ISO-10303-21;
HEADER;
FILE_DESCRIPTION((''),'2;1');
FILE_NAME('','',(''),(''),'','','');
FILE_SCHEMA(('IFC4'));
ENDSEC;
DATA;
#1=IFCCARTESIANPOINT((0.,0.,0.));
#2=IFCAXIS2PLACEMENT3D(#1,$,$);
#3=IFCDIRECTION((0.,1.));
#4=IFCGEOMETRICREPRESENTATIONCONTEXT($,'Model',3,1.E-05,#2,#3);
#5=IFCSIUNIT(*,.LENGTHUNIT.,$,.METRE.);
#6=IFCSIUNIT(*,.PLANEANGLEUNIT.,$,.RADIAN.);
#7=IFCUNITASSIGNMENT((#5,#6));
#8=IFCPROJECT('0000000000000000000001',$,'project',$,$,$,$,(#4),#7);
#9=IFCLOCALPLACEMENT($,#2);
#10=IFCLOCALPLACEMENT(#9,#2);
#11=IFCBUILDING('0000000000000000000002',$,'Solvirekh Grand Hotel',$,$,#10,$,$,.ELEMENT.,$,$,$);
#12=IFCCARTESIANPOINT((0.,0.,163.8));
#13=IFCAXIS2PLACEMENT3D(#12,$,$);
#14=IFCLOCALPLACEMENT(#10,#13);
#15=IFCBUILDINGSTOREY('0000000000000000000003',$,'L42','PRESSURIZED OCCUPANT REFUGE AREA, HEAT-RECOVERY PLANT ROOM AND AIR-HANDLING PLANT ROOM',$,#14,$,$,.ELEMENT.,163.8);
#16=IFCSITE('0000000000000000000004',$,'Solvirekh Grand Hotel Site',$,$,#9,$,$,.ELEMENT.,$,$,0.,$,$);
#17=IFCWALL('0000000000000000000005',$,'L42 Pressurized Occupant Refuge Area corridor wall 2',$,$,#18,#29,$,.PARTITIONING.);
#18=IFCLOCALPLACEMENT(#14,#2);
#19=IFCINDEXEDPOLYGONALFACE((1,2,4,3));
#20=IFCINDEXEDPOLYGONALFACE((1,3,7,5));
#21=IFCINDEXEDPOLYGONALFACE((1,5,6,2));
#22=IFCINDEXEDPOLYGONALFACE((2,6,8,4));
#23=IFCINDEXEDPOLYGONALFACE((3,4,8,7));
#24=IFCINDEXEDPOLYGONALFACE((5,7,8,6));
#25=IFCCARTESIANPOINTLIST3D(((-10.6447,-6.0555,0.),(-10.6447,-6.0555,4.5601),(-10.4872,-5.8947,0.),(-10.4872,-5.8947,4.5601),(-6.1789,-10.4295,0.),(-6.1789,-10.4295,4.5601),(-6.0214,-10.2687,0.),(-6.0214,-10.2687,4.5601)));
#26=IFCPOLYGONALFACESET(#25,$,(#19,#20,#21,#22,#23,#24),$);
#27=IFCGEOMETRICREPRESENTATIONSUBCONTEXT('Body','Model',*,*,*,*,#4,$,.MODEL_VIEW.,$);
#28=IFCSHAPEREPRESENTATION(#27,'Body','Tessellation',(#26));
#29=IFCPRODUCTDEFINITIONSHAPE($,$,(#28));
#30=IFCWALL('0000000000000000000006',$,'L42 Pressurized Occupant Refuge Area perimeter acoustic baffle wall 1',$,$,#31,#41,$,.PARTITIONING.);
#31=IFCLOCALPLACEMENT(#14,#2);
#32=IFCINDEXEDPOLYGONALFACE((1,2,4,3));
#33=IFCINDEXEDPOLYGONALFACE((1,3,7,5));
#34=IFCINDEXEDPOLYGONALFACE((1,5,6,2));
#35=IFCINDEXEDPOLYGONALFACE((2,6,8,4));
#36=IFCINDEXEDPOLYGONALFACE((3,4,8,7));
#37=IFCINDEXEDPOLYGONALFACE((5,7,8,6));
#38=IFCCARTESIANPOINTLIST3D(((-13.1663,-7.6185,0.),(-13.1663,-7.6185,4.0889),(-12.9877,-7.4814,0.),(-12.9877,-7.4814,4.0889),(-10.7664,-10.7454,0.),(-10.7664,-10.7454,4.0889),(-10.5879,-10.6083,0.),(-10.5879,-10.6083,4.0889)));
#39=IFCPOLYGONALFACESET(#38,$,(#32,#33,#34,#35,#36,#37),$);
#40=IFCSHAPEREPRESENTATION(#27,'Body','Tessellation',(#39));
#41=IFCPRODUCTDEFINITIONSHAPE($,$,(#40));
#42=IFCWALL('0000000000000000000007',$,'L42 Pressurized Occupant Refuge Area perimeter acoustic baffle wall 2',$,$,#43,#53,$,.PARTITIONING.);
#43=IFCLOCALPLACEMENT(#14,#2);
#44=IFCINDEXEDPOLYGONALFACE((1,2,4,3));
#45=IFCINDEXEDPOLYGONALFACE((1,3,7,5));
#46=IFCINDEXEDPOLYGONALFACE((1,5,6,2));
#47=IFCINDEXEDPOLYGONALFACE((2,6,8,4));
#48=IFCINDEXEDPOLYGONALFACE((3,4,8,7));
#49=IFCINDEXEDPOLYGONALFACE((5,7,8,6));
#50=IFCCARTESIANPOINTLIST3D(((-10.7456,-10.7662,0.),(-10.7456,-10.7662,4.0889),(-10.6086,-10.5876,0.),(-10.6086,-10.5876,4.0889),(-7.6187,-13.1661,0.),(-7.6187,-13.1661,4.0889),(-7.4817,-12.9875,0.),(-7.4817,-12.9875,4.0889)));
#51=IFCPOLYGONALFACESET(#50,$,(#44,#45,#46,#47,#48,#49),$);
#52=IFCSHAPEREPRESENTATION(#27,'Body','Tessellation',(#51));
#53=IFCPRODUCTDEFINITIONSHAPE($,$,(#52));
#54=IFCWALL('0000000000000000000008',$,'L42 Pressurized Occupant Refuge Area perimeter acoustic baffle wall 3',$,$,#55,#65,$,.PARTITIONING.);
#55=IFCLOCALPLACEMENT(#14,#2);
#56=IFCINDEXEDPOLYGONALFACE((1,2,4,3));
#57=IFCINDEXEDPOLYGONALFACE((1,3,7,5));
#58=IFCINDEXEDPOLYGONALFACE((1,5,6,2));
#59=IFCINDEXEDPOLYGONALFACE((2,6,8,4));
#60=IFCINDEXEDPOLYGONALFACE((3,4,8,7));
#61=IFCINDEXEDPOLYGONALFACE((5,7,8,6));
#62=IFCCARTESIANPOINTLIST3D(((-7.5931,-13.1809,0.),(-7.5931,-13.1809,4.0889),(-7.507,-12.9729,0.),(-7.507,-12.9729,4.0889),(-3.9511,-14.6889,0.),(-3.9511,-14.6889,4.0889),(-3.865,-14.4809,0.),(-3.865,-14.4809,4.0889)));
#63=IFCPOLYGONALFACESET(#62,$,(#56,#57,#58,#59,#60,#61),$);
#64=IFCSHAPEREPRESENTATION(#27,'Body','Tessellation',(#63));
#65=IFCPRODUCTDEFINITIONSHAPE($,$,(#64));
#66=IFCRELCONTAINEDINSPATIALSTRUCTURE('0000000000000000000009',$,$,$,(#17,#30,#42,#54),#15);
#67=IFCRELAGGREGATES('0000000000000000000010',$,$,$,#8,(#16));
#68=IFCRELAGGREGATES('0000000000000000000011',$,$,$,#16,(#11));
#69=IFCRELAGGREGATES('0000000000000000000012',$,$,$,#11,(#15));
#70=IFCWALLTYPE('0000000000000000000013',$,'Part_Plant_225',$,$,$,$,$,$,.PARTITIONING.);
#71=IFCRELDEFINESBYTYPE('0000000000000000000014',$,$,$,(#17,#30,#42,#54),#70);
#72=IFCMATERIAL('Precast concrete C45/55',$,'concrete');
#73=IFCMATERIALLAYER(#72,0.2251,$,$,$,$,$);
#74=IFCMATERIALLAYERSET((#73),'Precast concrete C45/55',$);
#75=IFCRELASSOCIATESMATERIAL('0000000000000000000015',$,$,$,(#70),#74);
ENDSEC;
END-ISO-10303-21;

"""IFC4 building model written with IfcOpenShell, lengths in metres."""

from ifc_helpers import new_model, si_unit, direction, frame, frame_2d, origin, place, context, subcontext, project, spatial, rectangle, extrude, material, layer, layer_set, type_object, element, save


model = new_model("IFC4")

# Units and contexts
model_context = context("Model", 3, precision=1e-05, world=origin(), true_north=direction((0.0, 1.0)))
body_context = subcontext(model_context, "Body", "Model", "MODEL_VIEW")
ifc_project = project(units=[si_unit("LENGTHUNIT", "METRE"), si_unit("PLANEANGLEUNIT", "RADIAN")], contexts=[model_context])

# Site, building, storey
site_placement = place(None, origin())
site = spatial("IfcSite", under=ifc_project, at=site_placement, Name="Solvirekh Grand Hotel Site", CompositionType="ELEMENT", RefElevation=0.0)
building_placement = place(site_placement, origin())
building = spatial("IfcBuilding", under=site, at=building_placement, Name="Solvirekh Grand Hotel", CompositionType="ELEMENT")
storey_placement = place(building_placement, frame((0.0, 0.0, 163.8)))
storey = spatial("IfcBuildingStorey", under=building, at=storey_placement, Name="L42", Description="PRESSURIZED OCCUPANT REFUGE AREA, HEAT-RECOVERY PLANT ROOM AND AIR-HANDLING PLANT ROOM", CompositionType="ELEMENT", Elevation=163.8)

# Shared definitions
ifc_material_1 = material(Name="Precast concrete C45/55", Category="concrete")

# Walls
ifc_layer_1 = layer(ifc_material_1, 0.2251)
ifc_layer_set_1 = layer_set([ifc_layer_1], Name="Precast concrete C45/55")
wall_type_1 = type_object("IfcWallType", Name="Part_Plant_225", PredefinedType="PARTITIONING", material=ifc_layer_set_1)
wall_1_placement = place(storey_placement, frame((-10.5659, -5.9751, 0.0), z_axis=(0.0, 0.0, 1.0), x_axis=(0.714411, -0.699726, 0.0)))
element("IfcWall", 1, at=wall_1_placement, inside=storey, type_object=wall_type_1, Name="L42 Pressurized Occupant Refuge Area corridor wall 2", PredefinedType="PARTITIONING", context=body_context, shape_type="SweptSolid", body=[
    extrude(rectangle(XDim=6.251, YDim=0.2251, at=frame_2d((3.1255, 0.0))), origin(), (0.0, 0.0, 1.0), 4.5601),
])
for number, where, z_axis, x_axis, name in (
    (2, (-13.0769, -7.55, 0.0), (0.0, 0.0, 1.0), (0.608842, -0.793291, 0.0), "L42 Pressurized Occupant Refuge Area perimeter acoustic baffle wall 1"),
    (3, (-10.677, -10.677, 0.0), (0.0, 0.0, 1.0), (0.793291, -0.608842, 0.0), "L42 Pressurized Occupant Refuge Area perimeter acoustic baffle wall 2"),
):
    element("IfcWall", number, at=place(storey_placement, frame(where, z_axis=z_axis, x_axis=x_axis)), inside=storey, type_object=wall_type_1, Name=name, PredefinedType="PARTITIONING", context=body_context, shape_type="SweptSolid", body=[
        extrude(rectangle(XDim=3.9417, YDim=0.2251, at=frame_2d((1.9707, 0.0))), origin(), (0.0, 0.0, 1.0), 4.0889),
    ])
wall_2_placement = place(storey_placement, frame((-7.55, -13.0769, 0.0), z_axis=(0.0, 0.0, 1.0), x_axis=(0.923929, -0.382565, 0.0)))
element("IfcWall", 4, at=wall_2_placement, inside=storey, type_object=wall_type_1, Name="L42 Pressurized Occupant Refuge Area perimeter acoustic baffle wall 3", PredefinedType="PARTITIONING", context=body_context, shape_type="SweptSolid", body=[
    extrude(rectangle(XDim=3.9419, YDim=0.2251, at=frame_2d((1.9709, 0.0))), origin(), (0.0, 0.0, 1.0), 4.0889),
])

save(model, "model.ifc")
